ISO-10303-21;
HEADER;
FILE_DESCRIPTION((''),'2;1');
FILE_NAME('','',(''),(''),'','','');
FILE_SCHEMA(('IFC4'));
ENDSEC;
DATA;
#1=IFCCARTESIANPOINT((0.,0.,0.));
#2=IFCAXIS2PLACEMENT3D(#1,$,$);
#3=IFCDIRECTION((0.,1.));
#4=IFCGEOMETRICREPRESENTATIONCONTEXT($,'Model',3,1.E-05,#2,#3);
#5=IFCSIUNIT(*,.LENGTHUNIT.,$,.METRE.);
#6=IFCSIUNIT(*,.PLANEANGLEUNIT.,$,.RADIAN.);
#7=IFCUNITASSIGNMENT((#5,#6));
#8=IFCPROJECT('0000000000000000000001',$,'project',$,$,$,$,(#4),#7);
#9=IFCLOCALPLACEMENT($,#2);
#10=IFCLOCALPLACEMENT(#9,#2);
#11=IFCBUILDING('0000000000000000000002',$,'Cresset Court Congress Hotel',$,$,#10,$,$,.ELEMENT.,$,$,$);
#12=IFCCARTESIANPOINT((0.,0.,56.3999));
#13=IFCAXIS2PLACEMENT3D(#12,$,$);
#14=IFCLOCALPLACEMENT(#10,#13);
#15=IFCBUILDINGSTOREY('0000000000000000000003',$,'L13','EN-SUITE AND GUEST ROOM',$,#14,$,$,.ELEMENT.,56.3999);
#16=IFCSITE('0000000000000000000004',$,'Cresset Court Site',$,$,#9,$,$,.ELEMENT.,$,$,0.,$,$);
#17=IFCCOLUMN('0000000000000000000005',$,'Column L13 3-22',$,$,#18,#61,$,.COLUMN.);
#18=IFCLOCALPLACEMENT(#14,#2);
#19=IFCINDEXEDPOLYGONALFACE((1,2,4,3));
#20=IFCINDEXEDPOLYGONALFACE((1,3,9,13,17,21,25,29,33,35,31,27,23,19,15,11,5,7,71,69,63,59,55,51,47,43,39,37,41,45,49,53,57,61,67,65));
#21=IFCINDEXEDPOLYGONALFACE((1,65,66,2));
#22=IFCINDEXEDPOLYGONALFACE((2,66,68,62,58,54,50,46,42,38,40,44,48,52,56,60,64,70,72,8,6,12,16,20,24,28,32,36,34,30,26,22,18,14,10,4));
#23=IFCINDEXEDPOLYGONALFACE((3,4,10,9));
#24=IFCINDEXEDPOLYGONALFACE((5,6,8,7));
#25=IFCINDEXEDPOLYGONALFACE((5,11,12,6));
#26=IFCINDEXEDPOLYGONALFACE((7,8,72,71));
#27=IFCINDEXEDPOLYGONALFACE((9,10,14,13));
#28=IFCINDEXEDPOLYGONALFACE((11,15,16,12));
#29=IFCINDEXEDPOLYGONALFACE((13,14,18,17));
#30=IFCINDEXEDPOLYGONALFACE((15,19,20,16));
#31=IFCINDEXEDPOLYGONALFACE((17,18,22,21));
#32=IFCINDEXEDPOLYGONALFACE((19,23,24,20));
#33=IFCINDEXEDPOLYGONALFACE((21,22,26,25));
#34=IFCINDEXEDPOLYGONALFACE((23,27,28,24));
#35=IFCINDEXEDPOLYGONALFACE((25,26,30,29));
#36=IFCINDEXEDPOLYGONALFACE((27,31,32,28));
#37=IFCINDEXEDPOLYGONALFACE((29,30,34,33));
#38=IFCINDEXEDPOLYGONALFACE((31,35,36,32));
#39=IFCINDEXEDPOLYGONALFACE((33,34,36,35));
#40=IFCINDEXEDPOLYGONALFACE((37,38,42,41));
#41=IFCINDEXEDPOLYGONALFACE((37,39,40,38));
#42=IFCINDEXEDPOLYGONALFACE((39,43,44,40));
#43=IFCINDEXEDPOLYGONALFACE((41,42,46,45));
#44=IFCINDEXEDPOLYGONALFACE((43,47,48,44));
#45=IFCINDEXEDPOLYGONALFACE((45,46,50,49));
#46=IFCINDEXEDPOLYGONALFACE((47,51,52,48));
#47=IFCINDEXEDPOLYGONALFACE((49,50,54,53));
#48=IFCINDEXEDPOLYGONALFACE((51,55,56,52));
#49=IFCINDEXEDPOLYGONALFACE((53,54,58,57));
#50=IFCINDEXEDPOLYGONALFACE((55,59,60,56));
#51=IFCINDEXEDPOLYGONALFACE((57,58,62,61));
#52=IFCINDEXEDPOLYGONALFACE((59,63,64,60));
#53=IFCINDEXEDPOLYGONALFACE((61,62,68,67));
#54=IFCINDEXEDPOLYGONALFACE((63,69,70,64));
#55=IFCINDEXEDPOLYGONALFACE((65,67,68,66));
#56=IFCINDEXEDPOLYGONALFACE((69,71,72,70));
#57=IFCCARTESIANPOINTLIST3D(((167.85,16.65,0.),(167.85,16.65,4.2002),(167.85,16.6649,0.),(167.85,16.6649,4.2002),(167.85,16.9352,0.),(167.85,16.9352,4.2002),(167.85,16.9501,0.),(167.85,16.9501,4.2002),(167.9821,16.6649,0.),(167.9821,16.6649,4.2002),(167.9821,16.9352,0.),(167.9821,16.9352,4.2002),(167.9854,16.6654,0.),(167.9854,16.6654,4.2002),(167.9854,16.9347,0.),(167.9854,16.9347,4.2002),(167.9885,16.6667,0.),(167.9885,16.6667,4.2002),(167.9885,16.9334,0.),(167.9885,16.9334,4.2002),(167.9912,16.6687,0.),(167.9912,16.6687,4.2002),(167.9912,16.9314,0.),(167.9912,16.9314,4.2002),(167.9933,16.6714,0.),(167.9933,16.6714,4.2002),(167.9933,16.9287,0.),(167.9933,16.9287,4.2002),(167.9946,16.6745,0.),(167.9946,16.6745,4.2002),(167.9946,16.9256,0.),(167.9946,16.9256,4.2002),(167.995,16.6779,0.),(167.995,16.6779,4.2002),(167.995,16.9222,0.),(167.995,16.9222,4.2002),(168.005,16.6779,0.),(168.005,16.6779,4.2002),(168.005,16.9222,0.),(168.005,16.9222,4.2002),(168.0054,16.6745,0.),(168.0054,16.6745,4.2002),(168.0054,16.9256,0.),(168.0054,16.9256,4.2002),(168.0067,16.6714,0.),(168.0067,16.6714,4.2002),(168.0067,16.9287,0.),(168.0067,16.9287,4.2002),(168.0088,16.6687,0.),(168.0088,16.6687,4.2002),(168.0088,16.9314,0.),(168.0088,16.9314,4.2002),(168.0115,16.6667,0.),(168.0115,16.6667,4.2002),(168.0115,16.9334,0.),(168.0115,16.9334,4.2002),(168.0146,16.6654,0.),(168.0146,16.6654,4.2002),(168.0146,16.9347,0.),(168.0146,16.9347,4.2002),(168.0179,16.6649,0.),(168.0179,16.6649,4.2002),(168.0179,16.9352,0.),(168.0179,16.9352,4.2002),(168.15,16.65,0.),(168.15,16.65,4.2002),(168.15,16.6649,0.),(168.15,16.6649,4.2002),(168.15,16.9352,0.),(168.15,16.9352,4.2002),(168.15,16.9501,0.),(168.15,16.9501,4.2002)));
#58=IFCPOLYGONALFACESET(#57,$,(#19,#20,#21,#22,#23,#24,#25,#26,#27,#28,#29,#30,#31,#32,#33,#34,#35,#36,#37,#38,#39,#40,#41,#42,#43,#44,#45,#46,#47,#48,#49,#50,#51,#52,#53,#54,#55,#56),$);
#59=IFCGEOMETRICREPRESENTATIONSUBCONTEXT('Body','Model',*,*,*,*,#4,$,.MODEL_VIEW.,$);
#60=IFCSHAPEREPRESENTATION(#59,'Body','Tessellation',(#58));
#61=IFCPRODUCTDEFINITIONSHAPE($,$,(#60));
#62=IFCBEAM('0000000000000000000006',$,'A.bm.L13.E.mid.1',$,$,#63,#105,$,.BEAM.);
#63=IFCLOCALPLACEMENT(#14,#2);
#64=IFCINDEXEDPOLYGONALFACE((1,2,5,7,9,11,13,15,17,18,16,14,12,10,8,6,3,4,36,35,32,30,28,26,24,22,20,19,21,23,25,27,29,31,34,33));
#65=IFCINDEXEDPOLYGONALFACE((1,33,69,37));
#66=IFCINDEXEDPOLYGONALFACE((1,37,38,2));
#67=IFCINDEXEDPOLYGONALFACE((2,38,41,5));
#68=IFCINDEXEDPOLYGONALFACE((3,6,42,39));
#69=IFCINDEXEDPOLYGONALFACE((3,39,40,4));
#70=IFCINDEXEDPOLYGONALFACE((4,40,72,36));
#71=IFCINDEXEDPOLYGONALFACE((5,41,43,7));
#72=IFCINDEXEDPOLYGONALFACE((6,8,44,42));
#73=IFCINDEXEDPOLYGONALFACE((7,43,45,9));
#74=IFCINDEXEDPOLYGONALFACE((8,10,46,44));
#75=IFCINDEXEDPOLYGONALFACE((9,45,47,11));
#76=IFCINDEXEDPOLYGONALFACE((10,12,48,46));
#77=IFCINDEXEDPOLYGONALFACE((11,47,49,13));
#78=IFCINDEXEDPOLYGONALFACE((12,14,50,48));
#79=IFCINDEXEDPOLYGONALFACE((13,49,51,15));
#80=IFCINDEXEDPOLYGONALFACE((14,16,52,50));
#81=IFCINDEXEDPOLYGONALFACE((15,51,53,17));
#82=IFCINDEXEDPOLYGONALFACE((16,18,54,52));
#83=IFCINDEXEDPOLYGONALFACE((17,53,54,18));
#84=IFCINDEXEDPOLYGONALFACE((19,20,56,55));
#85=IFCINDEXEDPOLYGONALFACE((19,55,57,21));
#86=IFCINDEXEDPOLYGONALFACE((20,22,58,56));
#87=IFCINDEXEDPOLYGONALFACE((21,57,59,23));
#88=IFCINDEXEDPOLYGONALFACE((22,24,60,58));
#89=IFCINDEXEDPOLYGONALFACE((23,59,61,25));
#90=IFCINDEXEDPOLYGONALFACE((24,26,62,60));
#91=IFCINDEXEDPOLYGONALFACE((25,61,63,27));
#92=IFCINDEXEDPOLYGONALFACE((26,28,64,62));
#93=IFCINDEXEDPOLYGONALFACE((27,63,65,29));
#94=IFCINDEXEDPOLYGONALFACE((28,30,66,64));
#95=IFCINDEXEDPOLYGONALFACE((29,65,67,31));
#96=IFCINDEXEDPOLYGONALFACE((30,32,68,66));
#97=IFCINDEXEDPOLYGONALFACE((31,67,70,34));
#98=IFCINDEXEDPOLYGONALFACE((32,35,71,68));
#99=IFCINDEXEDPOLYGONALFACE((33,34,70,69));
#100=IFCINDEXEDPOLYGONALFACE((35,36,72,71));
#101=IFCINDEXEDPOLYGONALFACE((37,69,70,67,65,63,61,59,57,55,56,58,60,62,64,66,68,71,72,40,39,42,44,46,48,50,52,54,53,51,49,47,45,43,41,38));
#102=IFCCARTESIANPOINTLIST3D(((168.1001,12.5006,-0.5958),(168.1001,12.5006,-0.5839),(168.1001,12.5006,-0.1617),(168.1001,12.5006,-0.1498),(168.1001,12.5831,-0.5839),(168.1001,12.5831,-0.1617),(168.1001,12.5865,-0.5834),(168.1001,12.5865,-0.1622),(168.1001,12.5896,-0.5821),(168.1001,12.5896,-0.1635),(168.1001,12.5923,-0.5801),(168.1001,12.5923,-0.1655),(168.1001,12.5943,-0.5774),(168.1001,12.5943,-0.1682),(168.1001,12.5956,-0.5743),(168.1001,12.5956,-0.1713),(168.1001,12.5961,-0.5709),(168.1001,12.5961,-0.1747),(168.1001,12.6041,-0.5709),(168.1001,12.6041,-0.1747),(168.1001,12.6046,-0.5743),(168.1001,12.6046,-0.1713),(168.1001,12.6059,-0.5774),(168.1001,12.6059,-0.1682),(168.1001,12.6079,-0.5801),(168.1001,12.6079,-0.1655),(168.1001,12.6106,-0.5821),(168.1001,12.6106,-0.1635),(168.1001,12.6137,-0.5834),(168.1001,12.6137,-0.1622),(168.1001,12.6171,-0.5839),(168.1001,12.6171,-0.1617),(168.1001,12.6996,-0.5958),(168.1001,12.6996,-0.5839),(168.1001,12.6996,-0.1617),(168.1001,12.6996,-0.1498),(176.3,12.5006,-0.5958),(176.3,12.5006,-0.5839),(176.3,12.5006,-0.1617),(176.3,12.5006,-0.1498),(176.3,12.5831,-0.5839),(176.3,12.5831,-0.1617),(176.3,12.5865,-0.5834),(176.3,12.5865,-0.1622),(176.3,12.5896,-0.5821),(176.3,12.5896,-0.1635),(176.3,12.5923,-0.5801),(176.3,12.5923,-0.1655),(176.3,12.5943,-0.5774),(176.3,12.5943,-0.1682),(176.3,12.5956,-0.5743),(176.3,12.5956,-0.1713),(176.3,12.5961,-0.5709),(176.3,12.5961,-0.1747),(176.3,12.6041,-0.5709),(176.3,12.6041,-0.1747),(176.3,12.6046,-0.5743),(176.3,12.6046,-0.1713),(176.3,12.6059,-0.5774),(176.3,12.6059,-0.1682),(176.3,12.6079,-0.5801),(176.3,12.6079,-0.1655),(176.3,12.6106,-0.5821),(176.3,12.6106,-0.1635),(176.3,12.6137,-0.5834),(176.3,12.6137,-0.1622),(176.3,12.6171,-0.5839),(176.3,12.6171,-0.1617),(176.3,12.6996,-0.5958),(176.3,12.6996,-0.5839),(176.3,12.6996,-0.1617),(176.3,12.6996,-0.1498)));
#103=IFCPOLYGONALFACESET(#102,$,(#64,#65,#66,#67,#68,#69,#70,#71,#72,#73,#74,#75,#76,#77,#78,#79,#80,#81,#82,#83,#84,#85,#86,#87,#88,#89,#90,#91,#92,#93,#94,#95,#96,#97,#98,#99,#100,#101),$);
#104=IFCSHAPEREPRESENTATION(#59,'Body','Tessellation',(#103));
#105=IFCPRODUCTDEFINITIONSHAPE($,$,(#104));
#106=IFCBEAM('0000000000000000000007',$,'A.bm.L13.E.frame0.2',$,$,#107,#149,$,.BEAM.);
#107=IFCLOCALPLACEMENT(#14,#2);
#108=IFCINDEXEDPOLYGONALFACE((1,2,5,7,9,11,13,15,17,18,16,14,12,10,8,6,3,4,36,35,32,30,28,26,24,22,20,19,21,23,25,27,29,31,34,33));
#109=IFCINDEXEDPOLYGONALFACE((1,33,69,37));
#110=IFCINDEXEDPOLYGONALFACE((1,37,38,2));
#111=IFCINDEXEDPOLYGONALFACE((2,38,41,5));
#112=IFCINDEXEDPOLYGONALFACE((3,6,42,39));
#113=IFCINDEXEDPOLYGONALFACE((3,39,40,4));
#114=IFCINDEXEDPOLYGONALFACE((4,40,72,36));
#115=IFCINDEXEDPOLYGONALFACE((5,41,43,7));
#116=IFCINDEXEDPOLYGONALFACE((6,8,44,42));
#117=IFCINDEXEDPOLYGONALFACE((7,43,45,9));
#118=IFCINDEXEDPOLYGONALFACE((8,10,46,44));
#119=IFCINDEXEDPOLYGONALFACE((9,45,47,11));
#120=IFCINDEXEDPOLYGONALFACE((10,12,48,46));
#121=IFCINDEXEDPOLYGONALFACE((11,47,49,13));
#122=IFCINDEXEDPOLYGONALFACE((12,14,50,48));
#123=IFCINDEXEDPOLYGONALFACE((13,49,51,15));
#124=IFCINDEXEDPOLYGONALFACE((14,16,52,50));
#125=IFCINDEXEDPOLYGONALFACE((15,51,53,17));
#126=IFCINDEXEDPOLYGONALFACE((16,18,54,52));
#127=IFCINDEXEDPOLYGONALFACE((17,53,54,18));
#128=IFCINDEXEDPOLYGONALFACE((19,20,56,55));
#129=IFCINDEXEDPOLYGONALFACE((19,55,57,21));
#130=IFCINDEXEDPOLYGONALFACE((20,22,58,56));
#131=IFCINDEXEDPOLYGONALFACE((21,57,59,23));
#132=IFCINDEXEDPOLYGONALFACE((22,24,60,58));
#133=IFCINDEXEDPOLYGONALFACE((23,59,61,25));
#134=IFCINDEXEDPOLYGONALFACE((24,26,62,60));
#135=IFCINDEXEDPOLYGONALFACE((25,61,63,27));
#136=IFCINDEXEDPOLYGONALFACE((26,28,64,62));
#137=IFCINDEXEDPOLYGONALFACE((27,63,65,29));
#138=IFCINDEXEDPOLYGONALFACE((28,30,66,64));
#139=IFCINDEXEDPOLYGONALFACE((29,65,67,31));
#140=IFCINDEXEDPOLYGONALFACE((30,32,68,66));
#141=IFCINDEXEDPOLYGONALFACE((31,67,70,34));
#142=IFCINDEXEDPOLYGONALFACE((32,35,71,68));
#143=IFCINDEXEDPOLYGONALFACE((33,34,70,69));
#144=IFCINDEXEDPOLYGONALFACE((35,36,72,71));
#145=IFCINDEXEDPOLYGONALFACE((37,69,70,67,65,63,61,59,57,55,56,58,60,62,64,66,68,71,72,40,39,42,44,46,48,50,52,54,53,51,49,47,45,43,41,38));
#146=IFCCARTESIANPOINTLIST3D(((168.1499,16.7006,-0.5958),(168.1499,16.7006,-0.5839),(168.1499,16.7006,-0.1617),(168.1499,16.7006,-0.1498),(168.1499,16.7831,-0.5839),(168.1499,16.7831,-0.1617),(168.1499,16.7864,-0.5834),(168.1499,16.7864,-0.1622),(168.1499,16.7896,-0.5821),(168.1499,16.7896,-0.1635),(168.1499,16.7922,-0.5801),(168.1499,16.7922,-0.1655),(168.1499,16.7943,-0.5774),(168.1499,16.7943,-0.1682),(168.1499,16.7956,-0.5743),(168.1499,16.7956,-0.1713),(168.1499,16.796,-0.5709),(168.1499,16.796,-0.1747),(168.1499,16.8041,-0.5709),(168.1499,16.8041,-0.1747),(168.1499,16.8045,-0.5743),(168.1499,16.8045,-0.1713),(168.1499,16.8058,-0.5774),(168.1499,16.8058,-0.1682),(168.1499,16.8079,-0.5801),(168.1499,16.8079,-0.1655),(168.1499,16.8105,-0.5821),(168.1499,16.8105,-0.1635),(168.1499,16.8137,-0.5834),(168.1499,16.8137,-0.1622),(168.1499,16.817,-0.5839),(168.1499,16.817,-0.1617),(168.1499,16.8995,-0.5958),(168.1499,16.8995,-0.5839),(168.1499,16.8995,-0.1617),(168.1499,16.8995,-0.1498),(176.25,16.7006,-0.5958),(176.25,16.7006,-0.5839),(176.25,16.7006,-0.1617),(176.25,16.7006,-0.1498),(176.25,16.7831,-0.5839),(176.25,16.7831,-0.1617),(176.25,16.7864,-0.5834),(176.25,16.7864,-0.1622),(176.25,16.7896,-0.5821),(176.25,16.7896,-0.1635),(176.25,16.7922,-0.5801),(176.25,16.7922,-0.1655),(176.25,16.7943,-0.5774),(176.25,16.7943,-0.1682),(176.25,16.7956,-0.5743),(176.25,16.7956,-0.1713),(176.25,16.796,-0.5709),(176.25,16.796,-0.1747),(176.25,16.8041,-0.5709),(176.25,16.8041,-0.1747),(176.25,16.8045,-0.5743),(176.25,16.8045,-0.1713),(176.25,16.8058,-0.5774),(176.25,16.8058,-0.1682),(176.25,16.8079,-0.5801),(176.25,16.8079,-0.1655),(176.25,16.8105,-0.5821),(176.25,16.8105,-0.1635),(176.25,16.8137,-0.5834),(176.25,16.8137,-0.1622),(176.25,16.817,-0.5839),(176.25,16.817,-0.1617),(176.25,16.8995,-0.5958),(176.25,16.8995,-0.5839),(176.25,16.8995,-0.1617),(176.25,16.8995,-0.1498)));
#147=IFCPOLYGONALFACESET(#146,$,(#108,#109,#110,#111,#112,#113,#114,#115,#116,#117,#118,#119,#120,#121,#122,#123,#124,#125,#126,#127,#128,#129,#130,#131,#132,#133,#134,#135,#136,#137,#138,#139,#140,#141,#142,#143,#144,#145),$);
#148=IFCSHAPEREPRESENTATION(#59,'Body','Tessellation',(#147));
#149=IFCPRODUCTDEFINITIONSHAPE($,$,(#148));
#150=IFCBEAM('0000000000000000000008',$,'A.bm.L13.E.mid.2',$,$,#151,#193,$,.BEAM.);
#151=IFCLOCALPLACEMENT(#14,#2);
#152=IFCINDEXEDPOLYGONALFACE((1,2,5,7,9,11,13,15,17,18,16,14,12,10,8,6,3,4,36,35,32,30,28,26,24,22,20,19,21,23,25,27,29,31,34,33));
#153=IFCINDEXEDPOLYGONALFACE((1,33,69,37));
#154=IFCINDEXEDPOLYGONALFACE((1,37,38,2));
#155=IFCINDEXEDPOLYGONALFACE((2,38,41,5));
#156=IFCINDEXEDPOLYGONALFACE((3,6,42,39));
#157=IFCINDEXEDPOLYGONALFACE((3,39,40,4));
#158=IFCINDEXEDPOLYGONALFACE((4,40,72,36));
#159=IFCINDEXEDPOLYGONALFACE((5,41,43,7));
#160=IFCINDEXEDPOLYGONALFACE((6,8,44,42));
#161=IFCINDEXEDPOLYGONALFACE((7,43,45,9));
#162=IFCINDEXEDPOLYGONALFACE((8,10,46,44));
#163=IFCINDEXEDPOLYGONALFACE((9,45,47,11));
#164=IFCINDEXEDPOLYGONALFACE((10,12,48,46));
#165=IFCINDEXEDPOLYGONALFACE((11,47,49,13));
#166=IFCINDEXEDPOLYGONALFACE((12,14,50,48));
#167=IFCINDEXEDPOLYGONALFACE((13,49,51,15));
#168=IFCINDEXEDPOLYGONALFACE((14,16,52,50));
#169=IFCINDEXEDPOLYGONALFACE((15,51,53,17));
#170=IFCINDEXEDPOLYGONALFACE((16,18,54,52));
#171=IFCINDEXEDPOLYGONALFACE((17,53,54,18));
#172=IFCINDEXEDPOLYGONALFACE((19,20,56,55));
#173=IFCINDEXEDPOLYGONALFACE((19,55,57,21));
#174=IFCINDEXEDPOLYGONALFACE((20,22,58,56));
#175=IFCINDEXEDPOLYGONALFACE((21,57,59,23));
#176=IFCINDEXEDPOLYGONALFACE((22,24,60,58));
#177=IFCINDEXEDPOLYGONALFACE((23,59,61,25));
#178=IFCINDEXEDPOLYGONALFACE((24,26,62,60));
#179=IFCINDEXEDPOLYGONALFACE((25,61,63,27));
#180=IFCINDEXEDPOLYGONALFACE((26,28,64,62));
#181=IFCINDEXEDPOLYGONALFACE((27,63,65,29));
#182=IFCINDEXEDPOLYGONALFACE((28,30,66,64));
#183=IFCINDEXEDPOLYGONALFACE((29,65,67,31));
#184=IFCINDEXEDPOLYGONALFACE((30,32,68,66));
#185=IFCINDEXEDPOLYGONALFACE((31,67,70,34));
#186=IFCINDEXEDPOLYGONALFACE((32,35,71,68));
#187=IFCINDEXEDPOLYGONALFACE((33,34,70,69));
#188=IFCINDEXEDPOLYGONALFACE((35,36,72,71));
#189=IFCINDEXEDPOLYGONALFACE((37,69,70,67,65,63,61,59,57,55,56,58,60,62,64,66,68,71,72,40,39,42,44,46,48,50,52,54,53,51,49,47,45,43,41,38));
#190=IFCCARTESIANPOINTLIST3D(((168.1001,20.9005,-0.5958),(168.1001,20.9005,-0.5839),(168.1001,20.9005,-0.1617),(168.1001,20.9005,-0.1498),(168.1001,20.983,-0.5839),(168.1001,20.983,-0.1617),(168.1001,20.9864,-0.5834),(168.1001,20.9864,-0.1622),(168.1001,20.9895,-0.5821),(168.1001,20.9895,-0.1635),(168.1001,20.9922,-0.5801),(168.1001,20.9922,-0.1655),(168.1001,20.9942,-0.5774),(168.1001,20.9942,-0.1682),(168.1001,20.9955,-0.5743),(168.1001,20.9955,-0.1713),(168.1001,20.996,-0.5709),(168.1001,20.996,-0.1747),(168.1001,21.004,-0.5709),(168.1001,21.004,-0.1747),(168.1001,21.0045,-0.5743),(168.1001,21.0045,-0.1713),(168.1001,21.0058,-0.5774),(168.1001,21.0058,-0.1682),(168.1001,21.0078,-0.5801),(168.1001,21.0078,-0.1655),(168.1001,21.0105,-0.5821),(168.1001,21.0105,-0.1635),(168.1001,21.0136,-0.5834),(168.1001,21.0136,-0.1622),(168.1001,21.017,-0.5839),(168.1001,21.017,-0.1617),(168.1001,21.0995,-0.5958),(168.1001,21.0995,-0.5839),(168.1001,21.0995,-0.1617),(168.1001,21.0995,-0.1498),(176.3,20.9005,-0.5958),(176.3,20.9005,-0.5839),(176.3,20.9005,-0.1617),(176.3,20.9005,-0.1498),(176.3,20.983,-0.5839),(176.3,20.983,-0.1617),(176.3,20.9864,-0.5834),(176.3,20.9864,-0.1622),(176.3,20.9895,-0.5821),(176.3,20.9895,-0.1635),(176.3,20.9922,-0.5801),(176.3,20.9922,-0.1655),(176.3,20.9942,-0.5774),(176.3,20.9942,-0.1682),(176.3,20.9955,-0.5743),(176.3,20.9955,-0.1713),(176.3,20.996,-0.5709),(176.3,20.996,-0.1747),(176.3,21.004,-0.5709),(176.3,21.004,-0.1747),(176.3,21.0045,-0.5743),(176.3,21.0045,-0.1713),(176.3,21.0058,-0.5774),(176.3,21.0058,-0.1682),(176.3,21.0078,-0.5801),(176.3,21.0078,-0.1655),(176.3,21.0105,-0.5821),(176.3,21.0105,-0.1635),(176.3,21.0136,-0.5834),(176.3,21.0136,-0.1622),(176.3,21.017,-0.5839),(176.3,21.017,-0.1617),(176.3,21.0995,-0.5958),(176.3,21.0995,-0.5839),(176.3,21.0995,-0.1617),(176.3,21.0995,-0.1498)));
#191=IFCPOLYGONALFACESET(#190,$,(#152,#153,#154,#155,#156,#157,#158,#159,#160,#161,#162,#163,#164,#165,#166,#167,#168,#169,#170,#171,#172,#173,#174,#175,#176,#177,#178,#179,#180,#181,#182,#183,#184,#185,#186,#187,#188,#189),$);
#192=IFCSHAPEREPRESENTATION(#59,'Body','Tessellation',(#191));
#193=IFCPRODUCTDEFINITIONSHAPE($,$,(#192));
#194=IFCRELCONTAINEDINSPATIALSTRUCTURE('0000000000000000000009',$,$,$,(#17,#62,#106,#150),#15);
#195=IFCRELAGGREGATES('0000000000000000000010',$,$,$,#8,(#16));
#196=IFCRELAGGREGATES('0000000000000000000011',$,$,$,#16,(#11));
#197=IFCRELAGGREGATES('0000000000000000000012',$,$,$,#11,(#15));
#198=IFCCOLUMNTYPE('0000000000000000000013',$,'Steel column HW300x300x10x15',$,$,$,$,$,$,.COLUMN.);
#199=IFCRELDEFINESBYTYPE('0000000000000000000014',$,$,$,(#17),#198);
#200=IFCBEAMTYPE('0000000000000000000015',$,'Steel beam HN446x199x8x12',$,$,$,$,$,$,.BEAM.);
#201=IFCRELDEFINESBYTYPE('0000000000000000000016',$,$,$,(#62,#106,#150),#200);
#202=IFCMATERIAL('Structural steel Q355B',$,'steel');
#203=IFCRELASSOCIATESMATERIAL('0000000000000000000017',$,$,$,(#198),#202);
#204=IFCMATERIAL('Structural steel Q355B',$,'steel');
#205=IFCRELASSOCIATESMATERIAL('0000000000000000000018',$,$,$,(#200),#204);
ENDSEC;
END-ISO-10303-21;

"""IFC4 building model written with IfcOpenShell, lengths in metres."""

from ifc_helpers import new_model, si_unit, direction, frame, origin, origin_2d, place, context, subcontext, project, spatial, i_section, extrude, material, material_profile, profile_set, type_object, element, save


model = new_model("IFC4")

# Units and contexts
model_context = context("Model", 3, precision=1e-05, world=origin(), true_north=direction((0.0, 1.0)))
body_context = subcontext(model_context, "Body", "Model", "MODEL_VIEW")
ifc_project = project(units=[si_unit("LENGTHUNIT", "METRE"), si_unit("PLANEANGLEUNIT", "RADIAN")], contexts=[model_context])

# Site, building, storey
site_placement = place(None, origin())
site = spatial("IfcSite", under=ifc_project, at=site_placement, Name="Cresset Court Site", CompositionType="ELEMENT", RefElevation=0.0)
building_placement = place(site_placement, origin())
building = spatial("IfcBuilding", under=site, at=building_placement, Name="Cresset Court Congress Hotel", CompositionType="ELEMENT")
storey_placement = place(building_placement, frame((0.0, 0.0, 56.3999)))
storey = spatial("IfcBuildingStorey", under=building, at=storey_placement, Name="L13", Description="EN-SUITE AND GUEST ROOM", CompositionType="ELEMENT", Elevation=56.3999)

# Column
ifc_material_1 = material(Name="Structural steel Q355B", Category="steel")
ifc_material_profile_1 = material_profile(ifc_material_1, i_section(OverallWidth=0.3, OverallDepth=0.3, WebThickness=0.01, FlangeThickness=0.0149, FilletRadius=0.0129, at=origin_2d()), Name="HW300x300x10x15")
ifc_profile_set_1 = profile_set([ifc_material_profile_1], Name="Structural steel Q355B")
column_type = type_object("IfcColumnType", Name="Steel column HW300x300x10x15", PredefinedType="COLUMN", material=ifc_profile_set_1)
column_placement = place(storey_placement, frame((168.0, 16.8, 0.0), z_axis=(0.0, 0.0, 1.0), x_axis=(1.0, 0.0, 0.0)))
element("IfcColumn", 1, at=column_placement, inside=storey, type_object=column_type, Name="Column L13 3-22", PredefinedType="COLUMN", context=body_context, shape_type="SweptSolid", body=[
    extrude(i_section(OverallWidth=0.3, OverallDepth=0.3, WebThickness=0.01, FlangeThickness=0.0149, FilletRadius=0.0129, at=origin_2d()), origin(), (0.0, 0.0, 1.0), 4.2002),
])

# Beams
ifc_material_2 = material(Name="Structural steel Q355B", Category="steel")
ifc_material_profile_2 = material_profile(ifc_material_2, i_section(OverallWidth=0.199, OverallDepth=0.446, WebThickness=0.0081, FlangeThickness=0.012, FilletRadius=0.0129, at=origin_2d()), Name="HN446x199x8x12")
ifc_profile_set_2 = profile_set([ifc_material_profile_2], Name="Structural steel Q355B")
beam_type_1 = type_object("IfcBeamType", Name="Steel beam HN446x199x8x12", PredefinedType="BEAM", material=ifc_profile_set_2)
beam_1_placement = place(storey_placement, frame((168.1001, 12.6001, -0.3728), z_axis=(1.0, 0.0, 0.0), x_axis=(0.0, 1.0, 0.0)))
element("IfcBeam", 2, at=beam_1_placement, inside=storey, type_object=beam_type_1, Name="A.bm.L13.E.mid.1", PredefinedType="BEAM", context=body_context, shape_type="SweptSolid", body=[
    extrude(i_section(OverallWidth=0.199, OverallDepth=0.446, WebThickness=0.0081, FlangeThickness=0.012, FilletRadius=0.0129, at=origin_2d()), origin(), (0.0, 0.0, 1.0), 8.2),
])
beam_2_placement = place(storey_placement, frame((168.1499, 16.8, -0.3728), z_axis=(1.0, 0.0, 0.0), x_axis=(0.0, 1.0, 0.0)))
element("IfcBeam", 3, at=beam_2_placement, inside=storey, type_object=beam_type_1, Name="A.bm.L13.E.frame0.2", PredefinedType="BEAM", context=body_context, shape_type="SweptSolid", body=[
    extrude(i_section(OverallWidth=0.199, OverallDepth=0.446, WebThickness=0.0081, FlangeThickness=0.012, FilletRadius=0.0129, at=origin_2d()), origin(), (0.0, 0.0, 1.0), 8.1001),
])
beam_3_placement = place(storey_placement, frame((168.1001, 21.0, -0.3728), z_axis=(1.0, 0.0, 0.0), x_axis=(0.0, 1.0, 0.0)))
element("IfcBeam", 4, at=beam_3_placement, inside=storey, type_object=beam_type_1, Name="A.bm.L13.E.mid.2", PredefinedType="BEAM", context=body_context, shape_type="SweptSolid", body=[
    extrude(i_section(OverallWidth=0.199, OverallDepth=0.446, WebThickness=0.0081, FlangeThickness=0.012, FilletRadius=0.0129, at=origin_2d()), origin(), (0.0, 0.0, 1.0), 8.2),
])

save(model, "model.ifc")
